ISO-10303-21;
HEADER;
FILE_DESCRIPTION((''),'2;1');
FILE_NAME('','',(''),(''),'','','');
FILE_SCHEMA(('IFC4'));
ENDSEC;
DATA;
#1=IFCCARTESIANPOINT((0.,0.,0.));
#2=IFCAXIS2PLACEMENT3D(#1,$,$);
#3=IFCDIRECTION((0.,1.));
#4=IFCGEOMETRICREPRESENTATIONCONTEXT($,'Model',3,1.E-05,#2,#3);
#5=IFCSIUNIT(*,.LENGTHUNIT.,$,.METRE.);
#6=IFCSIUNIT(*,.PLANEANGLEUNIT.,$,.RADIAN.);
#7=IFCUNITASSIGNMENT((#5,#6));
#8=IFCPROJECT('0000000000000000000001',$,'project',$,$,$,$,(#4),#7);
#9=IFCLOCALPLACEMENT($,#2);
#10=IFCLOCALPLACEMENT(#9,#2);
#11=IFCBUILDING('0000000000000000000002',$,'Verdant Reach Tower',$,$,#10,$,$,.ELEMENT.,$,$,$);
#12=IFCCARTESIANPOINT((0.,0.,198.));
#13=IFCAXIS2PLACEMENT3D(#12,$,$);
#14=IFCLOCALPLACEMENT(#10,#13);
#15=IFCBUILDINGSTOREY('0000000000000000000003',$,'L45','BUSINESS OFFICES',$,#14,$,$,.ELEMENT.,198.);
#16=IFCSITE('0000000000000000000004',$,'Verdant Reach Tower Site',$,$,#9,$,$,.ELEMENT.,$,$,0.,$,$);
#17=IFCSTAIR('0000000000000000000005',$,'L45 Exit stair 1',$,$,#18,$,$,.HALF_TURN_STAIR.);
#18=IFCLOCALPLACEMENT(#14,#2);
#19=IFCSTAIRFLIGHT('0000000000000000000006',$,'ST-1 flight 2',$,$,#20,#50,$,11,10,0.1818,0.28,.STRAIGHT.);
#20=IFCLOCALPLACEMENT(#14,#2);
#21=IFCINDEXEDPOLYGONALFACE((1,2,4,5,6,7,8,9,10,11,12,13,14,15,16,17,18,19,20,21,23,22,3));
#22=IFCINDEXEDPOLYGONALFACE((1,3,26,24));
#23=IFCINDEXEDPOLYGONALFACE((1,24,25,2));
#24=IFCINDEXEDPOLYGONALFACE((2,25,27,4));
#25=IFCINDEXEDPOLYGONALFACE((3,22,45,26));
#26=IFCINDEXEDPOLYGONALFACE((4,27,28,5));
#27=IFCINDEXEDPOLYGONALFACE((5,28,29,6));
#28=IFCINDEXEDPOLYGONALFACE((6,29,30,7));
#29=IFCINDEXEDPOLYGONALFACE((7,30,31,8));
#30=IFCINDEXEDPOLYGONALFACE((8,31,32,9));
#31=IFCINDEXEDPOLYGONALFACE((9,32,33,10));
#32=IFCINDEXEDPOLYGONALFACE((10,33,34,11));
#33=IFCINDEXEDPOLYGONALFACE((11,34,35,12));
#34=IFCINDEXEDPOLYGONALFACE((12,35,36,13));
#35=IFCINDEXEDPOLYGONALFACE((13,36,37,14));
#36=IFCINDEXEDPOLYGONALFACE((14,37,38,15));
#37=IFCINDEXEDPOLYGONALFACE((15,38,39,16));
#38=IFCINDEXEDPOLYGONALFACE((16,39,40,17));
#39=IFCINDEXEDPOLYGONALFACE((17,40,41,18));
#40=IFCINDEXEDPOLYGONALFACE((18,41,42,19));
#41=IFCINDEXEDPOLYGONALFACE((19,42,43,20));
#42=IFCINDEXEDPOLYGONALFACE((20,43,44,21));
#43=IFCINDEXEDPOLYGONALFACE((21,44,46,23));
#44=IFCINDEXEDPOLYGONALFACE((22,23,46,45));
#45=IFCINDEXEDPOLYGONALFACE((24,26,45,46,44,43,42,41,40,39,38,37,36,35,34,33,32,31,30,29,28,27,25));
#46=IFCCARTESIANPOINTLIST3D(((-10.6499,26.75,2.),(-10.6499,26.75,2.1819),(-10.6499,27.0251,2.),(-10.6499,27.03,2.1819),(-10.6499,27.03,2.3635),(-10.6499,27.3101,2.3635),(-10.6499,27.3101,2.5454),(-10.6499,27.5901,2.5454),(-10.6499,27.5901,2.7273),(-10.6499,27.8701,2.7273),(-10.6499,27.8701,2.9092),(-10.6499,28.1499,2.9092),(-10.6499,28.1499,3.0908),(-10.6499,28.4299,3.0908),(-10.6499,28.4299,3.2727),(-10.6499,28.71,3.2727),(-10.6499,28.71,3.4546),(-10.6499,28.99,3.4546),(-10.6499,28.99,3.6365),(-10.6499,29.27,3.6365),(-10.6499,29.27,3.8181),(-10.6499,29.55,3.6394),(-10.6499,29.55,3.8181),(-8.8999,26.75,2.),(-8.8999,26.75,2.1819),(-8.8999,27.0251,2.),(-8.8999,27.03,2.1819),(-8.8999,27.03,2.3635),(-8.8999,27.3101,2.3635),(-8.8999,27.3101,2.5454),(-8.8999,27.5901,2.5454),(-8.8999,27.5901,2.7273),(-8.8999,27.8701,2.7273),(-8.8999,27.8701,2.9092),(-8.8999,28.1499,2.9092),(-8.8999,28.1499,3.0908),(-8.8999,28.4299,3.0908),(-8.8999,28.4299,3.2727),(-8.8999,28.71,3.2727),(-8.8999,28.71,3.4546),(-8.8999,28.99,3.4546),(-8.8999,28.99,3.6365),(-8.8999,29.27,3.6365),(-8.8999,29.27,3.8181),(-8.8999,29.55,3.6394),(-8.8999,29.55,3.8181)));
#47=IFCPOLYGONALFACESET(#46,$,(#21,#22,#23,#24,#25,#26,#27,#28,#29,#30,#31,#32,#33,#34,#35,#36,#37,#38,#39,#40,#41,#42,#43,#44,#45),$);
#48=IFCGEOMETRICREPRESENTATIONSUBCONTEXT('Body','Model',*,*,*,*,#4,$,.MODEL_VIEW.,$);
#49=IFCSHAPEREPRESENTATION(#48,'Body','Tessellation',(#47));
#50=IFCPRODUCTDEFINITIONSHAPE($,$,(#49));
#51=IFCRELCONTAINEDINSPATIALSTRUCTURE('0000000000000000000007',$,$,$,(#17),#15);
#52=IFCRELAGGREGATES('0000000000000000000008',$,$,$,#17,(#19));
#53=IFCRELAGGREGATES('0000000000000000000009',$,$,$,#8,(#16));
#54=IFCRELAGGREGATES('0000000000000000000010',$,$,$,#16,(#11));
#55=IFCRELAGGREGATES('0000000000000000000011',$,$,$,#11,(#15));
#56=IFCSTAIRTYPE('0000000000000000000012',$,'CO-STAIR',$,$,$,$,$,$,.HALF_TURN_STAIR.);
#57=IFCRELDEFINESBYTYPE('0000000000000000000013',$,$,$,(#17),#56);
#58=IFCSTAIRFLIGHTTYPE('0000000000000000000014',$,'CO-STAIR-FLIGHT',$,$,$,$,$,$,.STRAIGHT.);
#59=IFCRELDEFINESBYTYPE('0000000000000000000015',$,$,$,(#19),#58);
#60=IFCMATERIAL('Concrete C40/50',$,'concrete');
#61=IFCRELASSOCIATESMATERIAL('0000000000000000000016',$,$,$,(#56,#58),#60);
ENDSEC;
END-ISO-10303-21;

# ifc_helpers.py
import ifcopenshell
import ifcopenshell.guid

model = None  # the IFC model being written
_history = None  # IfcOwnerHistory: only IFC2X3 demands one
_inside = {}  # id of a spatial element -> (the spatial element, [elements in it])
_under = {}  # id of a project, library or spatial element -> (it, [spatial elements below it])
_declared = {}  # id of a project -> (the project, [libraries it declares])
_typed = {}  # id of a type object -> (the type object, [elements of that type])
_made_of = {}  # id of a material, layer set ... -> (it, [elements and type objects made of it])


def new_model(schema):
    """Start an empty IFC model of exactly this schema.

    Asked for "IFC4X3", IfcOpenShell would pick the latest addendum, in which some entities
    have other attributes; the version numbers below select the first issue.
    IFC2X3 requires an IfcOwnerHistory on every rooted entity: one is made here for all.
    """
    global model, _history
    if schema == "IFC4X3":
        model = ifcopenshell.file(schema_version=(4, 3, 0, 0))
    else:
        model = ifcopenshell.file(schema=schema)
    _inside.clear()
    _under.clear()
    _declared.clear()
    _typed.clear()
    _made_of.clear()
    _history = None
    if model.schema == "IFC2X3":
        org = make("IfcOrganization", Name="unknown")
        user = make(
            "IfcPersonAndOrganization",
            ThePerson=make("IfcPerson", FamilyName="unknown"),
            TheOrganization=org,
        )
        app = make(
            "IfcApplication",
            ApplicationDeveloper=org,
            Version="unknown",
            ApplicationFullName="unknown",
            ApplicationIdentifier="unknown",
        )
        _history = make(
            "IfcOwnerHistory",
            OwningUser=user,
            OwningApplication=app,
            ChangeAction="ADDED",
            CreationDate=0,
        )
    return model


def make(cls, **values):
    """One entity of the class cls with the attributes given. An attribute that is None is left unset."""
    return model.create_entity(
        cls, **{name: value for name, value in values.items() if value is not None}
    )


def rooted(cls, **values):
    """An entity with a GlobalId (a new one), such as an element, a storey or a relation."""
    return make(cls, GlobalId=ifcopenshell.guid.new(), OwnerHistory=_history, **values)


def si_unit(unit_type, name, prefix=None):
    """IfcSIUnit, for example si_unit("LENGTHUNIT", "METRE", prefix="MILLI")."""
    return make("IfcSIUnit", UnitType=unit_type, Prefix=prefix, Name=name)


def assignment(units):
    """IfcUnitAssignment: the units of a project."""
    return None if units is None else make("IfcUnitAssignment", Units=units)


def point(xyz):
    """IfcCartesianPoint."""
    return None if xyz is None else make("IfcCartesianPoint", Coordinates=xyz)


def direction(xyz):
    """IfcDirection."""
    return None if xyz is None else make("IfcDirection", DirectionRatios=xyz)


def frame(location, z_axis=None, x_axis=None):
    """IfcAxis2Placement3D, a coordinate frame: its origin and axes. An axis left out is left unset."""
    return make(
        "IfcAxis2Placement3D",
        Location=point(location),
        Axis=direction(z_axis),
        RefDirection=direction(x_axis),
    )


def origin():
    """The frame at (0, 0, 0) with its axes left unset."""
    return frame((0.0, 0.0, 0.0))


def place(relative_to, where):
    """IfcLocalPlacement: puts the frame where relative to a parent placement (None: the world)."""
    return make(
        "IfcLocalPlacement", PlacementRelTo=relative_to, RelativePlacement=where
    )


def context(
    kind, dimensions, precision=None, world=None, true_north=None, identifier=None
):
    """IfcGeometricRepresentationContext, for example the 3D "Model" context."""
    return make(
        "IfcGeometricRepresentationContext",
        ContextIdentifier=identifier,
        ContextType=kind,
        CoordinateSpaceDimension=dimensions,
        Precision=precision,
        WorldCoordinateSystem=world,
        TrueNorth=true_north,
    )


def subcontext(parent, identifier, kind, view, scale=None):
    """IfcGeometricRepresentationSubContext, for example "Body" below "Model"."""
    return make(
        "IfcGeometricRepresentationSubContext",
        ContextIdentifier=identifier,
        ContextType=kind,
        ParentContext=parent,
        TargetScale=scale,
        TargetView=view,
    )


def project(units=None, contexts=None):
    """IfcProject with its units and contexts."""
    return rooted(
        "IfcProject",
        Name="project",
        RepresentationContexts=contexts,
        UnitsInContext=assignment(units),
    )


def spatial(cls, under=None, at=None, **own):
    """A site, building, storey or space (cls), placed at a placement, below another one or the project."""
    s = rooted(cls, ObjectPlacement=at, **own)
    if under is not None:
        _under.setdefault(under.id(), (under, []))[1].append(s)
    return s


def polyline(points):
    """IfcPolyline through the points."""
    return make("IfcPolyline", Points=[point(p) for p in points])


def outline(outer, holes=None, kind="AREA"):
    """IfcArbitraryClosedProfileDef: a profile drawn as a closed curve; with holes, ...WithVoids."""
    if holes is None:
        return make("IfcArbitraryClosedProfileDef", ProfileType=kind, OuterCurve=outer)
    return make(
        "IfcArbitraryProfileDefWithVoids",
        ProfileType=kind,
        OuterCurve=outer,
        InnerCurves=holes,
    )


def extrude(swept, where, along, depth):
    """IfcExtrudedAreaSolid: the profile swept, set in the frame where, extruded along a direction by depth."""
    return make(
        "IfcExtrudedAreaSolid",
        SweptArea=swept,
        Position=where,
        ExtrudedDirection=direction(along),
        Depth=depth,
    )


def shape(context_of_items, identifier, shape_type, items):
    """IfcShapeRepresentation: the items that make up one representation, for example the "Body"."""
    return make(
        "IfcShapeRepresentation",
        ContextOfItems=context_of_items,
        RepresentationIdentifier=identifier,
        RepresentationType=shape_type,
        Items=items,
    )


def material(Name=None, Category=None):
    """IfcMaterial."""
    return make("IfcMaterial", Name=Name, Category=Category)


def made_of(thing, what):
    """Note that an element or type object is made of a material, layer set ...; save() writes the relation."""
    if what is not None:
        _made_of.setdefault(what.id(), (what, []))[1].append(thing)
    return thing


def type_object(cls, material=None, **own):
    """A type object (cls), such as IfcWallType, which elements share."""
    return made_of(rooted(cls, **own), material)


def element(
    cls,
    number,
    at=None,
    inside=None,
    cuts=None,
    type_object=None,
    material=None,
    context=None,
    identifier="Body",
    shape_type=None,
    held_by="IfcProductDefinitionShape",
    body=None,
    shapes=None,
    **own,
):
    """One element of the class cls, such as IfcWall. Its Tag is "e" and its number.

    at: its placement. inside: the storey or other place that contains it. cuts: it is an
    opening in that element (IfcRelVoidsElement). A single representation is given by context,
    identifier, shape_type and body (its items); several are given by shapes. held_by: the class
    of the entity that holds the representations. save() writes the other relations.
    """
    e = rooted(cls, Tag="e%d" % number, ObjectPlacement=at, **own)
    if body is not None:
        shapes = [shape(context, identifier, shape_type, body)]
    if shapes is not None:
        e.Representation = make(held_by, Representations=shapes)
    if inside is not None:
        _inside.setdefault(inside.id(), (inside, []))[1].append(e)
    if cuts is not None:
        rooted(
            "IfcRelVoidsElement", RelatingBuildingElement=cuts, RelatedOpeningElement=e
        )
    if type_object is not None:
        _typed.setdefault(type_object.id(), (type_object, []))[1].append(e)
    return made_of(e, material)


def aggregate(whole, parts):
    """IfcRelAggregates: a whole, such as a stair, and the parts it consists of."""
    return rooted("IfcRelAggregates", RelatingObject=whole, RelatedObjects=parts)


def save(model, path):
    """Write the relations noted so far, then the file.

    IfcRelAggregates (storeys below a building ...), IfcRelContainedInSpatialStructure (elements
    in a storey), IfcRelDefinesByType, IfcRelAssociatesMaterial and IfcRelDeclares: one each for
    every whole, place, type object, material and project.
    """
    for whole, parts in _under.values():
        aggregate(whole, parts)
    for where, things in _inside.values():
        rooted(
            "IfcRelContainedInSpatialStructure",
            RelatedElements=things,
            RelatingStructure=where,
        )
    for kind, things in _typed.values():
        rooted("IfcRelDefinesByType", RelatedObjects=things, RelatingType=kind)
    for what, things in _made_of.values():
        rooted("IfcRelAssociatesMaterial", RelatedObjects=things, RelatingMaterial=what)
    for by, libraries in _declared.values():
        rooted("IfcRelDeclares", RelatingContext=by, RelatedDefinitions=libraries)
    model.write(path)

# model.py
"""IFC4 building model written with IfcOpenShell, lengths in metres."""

from ifc_helpers import new_model, si_unit, direction, frame, origin, place, context, subcontext, project, spatial, polyline, outline, extrude, material, type_object, element, aggregate, save


model = new_model("IFC4")

# Units and contexts
model_context = context("Model", 3, precision=1e-05, world=origin(), true_north=direction((0.0, 1.0)))
body_context = subcontext(model_context, "Body", "Model", "MODEL_VIEW")
ifc_project = project(units=[si_unit("LENGTHUNIT", "METRE"), si_unit("PLANEANGLEUNIT", "RADIAN")], contexts=[model_context])

# Site, building, storey
site_placement = place(None, origin())
site = spatial("IfcSite", under=ifc_project, at=site_placement, Name="Verdant Reach Tower Site", CompositionType="ELEMENT", RefElevation=0.0)
building_placement = place(site_placement, origin())
building = spatial("IfcBuilding", under=site, at=building_placement, Name="Verdant Reach Tower", CompositionType="ELEMENT")
storey_placement = place(building_placement, frame((0.0, 0.0, 198.0)))
storey = spatial("IfcBuildingStorey", under=building, at=storey_placement, Name="L45", Description="BUSINESS OFFICES", CompositionType="ELEMENT", Elevation=198.0)

# Shared definitions
ifc_material_1 = material(Name="Concrete C40/50", Category="concrete")

# Stair, stair flight
stair_type = type_object("IfcStairType", Name="CO-STAIR", PredefinedType="HALF_TURN_STAIR", material=ifc_material_1)
stair_placement = place(storey_placement, origin())
stair = element("IfcStair", 1, at=stair_placement, inside=storey, type_object=stair_type, Name="L45 Exit stair 1", PredefinedType="HALF_TURN_STAIR")
stair_flight_type = type_object("IfcStairFlightType", Name="CO-STAIR-FLIGHT", PredefinedType="STRAIGHT", material=ifc_material_1)
stair_flight_placement = place(storey_placement, frame((-9.7749, 26.75, 2.0), z_axis=(0.0, 0.0, 1.0), x_axis=(0.0, 1.0, 0.0)))
stair_flight = element("IfcStairFlight", 2, at=stair_flight_placement, type_object=stair_flight_type, Name="ST-1 flight 2", NumberOfRisers=11, NumberOfTreads=10, PredefinedType="STRAIGHT", RiserHeight=0.1818, TreadLength=0.28, context=body_context, shape_type="SweptSolid", body=[
    extrude(outline(polyline([(0.0, 0.0), (0.0, 0.1819), (0.28, 0.1819), (0.28, 0.3635), (0.5601, 0.3635), (0.5601, 0.5454), (0.8401, 0.5454), (0.8401, 0.7273), (1.1201, 0.7273), (1.1201, 0.9092), (1.3999, 0.9092), (1.3999, 1.0908), (1.6799, 1.0908), (1.6799, 1.2727), (1.96, 1.2727), (1.96, 1.4546), (2.24, 1.4546), (2.24, 1.6365), (2.52, 1.6365), (2.52, 1.8181), (2.8, 1.8181), (2.8, 2.0), (2.8, 1.6394), (0.2751, 0.0), (0.0, 0.0)])), frame((0.0, 0.875, 0.0), z_axis=(0.0, -1.0, 0.0), x_axis=(1.0, 0.0, 0.0)), (0.0, 0.0, 1.0), 1.75),
])
aggregate(stair, [stair_flight])

save(model, "model.ifc")
